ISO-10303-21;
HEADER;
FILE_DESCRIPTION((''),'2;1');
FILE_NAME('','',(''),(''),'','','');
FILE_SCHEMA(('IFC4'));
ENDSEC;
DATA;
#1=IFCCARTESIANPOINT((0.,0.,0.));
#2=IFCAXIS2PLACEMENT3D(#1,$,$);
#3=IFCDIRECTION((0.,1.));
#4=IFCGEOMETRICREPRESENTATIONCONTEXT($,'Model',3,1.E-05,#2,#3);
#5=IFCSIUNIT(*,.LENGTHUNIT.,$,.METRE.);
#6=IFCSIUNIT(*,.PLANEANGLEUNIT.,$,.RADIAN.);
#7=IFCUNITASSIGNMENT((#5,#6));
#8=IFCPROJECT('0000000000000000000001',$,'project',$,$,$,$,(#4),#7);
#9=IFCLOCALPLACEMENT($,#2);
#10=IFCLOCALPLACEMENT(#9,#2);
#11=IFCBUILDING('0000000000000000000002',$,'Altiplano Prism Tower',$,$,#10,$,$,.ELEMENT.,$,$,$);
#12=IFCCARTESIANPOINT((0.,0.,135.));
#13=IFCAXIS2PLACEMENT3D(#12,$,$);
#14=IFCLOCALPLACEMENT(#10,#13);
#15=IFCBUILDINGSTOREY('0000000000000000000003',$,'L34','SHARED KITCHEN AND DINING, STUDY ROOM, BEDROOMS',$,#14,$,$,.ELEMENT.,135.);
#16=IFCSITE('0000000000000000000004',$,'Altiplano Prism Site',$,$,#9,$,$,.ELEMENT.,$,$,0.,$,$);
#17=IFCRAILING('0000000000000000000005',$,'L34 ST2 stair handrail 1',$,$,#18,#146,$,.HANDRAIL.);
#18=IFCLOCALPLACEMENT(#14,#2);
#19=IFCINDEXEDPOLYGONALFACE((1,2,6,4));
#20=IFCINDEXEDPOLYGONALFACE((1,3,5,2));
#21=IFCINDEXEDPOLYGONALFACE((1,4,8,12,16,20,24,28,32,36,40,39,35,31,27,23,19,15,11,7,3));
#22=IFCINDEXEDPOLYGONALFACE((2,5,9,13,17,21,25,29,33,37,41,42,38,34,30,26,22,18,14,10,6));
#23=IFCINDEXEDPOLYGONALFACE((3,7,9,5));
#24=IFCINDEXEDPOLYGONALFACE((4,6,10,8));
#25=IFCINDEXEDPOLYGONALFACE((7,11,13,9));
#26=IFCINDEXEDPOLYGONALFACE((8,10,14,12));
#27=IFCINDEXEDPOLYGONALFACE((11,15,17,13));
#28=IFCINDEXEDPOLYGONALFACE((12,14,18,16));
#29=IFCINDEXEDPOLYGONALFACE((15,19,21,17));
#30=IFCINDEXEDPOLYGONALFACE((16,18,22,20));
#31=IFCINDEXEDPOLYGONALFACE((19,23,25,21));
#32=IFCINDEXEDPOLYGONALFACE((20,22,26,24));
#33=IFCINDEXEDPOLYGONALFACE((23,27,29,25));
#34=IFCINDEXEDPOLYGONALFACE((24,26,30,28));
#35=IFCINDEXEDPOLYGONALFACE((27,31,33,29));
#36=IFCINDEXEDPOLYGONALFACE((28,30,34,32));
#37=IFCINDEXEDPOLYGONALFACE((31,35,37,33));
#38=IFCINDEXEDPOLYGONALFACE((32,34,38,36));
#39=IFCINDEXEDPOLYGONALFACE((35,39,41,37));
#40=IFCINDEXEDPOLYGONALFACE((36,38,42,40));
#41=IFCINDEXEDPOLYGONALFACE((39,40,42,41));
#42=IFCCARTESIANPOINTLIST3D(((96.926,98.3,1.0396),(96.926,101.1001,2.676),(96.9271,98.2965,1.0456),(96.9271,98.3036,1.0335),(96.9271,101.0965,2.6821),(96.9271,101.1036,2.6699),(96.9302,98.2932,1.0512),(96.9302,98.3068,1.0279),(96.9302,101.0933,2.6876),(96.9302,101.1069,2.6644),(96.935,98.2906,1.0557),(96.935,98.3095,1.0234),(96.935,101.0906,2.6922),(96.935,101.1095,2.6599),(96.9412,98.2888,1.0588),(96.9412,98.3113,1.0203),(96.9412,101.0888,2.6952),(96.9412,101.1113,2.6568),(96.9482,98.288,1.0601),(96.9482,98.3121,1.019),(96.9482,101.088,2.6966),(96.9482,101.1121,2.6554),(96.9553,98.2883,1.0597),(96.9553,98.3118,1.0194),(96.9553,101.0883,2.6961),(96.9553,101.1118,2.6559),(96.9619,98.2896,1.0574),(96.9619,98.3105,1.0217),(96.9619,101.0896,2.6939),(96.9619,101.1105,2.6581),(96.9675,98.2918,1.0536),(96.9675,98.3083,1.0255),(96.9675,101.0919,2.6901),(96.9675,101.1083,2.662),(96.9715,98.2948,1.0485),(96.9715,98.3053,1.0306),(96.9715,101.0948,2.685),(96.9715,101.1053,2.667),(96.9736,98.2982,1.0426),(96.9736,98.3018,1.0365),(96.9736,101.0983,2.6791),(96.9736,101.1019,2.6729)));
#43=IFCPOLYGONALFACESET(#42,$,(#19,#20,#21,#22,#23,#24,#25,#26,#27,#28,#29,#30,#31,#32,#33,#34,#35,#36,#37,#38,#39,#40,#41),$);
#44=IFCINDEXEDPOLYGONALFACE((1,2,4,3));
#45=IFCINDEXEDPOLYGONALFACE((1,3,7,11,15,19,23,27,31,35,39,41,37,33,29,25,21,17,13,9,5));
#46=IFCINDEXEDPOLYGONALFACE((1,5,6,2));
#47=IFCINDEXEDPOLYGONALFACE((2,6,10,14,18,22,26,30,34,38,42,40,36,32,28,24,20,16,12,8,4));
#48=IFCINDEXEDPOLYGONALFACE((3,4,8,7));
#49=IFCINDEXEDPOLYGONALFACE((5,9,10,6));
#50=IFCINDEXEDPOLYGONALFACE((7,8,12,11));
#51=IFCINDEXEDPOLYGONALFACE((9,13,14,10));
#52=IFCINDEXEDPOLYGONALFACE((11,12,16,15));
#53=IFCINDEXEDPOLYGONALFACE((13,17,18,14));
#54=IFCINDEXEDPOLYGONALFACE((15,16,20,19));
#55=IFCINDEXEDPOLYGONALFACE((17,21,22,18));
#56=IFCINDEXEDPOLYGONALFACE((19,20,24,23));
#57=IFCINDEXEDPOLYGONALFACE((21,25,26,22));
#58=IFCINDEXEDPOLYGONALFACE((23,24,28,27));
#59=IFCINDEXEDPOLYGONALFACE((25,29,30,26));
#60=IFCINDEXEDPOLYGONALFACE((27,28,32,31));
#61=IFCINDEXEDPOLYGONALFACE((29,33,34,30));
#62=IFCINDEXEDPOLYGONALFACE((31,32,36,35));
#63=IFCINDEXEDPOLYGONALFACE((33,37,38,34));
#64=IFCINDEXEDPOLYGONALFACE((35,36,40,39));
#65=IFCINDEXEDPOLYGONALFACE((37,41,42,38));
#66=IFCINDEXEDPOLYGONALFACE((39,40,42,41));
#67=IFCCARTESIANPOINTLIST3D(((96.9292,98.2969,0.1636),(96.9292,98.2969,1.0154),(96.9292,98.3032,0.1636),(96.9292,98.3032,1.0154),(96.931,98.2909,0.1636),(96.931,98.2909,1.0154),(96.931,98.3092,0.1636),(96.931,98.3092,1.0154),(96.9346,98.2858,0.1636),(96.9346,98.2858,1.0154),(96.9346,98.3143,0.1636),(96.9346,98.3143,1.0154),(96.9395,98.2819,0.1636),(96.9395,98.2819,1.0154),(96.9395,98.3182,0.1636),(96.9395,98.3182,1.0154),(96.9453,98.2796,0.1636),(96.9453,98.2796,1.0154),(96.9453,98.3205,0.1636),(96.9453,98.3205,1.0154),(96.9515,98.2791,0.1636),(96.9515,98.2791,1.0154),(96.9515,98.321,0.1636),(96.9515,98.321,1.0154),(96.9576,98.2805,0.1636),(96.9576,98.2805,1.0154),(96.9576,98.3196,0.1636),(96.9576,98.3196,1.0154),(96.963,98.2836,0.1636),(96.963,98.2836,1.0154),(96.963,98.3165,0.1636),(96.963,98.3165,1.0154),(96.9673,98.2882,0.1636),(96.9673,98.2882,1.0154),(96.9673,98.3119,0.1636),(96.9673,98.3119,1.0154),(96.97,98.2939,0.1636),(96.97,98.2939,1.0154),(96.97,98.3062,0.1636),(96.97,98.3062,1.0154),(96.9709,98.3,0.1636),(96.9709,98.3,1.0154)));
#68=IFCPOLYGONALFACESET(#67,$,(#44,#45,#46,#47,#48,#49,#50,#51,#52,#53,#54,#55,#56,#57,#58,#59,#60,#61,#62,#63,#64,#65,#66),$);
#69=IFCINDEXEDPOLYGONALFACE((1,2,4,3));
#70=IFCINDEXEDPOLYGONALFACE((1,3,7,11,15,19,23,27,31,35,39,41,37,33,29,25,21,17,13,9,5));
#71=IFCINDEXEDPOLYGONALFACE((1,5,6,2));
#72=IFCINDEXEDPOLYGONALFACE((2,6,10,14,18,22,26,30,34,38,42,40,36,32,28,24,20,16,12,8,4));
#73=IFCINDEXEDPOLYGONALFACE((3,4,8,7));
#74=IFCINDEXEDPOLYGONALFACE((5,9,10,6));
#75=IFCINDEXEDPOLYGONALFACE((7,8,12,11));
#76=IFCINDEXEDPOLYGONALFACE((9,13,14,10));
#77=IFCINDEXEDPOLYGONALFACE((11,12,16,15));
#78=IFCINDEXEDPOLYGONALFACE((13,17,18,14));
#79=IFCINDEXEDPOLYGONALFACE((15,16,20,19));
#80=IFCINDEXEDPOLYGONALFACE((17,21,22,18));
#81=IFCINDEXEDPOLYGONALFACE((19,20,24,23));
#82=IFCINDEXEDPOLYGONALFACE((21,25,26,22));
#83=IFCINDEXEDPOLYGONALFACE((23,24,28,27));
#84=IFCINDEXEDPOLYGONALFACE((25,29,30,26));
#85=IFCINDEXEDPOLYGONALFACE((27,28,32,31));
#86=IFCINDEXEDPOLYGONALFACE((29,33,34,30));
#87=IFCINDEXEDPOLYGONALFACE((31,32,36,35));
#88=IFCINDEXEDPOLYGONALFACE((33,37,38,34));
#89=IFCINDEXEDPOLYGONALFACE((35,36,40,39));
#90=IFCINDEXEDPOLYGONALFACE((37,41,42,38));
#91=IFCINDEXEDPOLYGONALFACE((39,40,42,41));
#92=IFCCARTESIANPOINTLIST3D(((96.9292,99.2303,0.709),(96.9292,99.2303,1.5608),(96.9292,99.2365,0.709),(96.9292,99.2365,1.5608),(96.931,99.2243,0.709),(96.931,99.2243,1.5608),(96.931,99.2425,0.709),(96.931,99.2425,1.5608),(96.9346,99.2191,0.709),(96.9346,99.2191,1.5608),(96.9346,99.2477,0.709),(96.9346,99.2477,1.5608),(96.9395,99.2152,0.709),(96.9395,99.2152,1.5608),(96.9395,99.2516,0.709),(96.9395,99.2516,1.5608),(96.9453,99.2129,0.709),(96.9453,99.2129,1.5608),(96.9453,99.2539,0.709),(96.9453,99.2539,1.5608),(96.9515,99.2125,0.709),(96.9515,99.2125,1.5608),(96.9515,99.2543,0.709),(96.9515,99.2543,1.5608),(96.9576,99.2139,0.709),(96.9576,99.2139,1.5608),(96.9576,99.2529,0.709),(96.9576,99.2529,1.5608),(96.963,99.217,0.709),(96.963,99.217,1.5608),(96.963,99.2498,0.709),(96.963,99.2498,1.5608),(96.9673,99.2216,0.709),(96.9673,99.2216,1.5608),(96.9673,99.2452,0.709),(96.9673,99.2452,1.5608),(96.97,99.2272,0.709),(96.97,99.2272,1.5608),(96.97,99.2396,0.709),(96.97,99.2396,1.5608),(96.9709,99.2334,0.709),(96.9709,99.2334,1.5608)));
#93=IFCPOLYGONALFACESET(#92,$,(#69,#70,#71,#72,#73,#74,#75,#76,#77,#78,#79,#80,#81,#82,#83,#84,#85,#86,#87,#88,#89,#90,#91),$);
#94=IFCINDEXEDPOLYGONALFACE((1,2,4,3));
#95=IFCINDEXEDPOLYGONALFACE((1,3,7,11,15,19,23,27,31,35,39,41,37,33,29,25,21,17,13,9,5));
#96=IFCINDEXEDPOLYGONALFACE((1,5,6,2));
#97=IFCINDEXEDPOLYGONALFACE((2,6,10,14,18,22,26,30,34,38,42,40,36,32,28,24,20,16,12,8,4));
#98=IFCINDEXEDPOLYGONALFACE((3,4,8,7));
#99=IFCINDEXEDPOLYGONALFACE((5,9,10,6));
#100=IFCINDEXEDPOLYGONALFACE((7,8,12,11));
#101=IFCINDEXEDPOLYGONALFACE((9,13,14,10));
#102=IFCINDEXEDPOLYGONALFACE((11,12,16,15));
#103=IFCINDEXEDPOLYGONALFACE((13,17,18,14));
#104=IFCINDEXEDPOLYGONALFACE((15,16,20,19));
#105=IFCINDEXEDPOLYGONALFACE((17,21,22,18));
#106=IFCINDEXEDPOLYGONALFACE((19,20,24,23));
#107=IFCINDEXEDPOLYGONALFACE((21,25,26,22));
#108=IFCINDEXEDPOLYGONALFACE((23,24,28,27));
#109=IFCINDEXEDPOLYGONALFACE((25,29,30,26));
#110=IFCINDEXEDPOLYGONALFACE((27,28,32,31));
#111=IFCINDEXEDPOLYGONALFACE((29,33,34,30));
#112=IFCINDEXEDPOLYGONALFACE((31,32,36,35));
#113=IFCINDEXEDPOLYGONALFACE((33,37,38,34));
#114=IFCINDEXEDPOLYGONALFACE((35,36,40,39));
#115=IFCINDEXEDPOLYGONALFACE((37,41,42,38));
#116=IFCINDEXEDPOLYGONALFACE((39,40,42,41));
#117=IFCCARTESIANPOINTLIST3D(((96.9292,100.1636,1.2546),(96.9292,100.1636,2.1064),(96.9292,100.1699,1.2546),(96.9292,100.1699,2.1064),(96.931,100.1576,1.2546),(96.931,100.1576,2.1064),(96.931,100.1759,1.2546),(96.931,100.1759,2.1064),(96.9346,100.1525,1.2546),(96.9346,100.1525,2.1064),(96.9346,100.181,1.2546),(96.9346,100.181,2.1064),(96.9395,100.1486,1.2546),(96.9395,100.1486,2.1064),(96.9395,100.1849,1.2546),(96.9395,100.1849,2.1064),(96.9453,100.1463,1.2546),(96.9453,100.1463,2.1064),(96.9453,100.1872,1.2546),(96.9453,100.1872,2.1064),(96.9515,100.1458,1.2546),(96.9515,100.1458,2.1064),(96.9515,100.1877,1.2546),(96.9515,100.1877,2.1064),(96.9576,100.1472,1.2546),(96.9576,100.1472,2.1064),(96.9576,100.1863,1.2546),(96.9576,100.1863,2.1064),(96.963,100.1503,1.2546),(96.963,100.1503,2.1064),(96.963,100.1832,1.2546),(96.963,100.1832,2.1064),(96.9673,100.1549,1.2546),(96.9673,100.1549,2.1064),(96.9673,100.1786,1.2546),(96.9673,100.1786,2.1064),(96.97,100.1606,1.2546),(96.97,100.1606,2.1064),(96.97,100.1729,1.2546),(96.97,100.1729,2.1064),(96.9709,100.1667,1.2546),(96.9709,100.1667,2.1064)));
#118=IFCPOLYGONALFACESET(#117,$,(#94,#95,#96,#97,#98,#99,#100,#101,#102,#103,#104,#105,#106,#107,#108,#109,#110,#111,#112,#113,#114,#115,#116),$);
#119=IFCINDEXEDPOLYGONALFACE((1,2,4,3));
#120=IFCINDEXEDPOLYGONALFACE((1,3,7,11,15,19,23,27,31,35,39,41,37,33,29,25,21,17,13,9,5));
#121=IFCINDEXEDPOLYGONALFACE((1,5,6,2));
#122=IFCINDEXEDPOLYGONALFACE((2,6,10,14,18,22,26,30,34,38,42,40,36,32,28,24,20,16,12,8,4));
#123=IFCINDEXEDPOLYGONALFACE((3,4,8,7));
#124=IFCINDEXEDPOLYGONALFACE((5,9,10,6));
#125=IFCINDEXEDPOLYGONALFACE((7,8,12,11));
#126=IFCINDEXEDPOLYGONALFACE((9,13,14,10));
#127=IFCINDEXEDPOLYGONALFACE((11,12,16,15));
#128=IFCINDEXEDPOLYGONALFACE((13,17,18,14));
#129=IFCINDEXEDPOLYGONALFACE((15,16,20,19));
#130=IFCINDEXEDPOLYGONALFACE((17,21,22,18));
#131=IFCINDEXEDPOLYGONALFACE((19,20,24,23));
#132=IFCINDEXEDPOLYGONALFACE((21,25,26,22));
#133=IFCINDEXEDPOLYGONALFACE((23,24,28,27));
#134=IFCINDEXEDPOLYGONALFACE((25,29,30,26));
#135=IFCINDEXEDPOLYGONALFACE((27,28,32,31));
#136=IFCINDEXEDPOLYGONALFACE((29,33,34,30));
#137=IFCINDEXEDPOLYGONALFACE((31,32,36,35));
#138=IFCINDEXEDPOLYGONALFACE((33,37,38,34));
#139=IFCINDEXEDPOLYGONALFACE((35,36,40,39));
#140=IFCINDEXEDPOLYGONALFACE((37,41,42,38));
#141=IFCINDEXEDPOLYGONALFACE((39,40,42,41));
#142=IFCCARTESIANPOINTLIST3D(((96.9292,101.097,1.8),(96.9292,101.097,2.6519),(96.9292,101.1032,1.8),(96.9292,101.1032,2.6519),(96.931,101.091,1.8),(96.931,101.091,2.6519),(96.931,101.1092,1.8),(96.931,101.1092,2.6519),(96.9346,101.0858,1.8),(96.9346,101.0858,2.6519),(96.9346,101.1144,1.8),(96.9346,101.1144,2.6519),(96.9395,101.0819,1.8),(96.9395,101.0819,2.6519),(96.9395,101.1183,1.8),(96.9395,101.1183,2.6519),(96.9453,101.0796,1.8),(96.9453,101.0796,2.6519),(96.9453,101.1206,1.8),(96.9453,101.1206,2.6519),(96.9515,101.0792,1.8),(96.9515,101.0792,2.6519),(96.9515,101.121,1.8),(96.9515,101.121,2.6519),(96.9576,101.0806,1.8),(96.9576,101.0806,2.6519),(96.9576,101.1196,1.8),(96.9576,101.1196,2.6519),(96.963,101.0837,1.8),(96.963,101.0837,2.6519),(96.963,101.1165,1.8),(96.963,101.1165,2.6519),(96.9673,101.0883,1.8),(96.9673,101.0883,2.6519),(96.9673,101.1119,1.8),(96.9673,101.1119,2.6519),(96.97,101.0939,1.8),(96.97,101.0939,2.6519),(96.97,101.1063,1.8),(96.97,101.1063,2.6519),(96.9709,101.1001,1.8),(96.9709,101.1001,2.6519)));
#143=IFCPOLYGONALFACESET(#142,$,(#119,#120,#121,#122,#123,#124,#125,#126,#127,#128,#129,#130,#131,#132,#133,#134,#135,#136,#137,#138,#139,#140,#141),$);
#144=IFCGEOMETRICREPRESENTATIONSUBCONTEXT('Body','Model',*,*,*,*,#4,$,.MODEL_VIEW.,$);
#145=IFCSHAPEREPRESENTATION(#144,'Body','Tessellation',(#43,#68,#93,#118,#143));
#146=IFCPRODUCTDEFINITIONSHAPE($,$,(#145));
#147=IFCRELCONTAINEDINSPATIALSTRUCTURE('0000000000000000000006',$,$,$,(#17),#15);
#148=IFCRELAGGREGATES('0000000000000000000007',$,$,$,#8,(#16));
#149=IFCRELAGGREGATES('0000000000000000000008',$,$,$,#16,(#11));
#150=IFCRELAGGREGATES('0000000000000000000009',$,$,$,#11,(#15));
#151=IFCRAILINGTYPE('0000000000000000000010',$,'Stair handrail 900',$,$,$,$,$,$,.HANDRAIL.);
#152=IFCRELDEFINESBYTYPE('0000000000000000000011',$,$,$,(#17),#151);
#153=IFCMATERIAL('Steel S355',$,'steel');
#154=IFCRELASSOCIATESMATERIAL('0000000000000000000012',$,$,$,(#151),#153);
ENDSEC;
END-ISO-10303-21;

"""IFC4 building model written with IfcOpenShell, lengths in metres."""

from ifc_helpers import new_model, si_unit, direction, frame, origin, origin_2d, place, context, subcontext, project, spatial, circle, extrude, material, type_object, element, save


model = new_model("IFC4")

# Units and contexts
model_context = context("Model", 3, precision=1e-05, world=origin(), true_north=direction((0.0, 1.0)))
body_context = subcontext(model_context, "Body", "Model", "MODEL_VIEW")
ifc_project = project(units=[si_unit("LENGTHUNIT", "METRE"), si_unit("PLANEANGLEUNIT", "RADIAN")], contexts=[model_context])

# Site, building, storey
site_placement = place(None, origin())
site = spatial("IfcSite", under=ifc_project, at=site_placement, Name="Altiplano Prism Site", CompositionType="ELEMENT", RefElevation=0.0)
building_placement = place(site_placement, origin())
building = spatial("IfcBuilding", under=site, at=building_placement, Name="Altiplano Prism Tower", CompositionType="ELEMENT")
storey_placement = place(building_placement, frame((0.0, 0.0, 135.0)))
storey = spatial("IfcBuildingStorey", under=building, at=storey_placement, Name="L34", Description="SHARED KITCHEN AND DINING, STUDY ROOM, BEDROOMS", CompositionType="ELEMENT", Elevation=135.0)

# Railing
ifc_material_1 = material(Name="Steel S355", Category="steel")
railing_type_1 = type_object("IfcRailingType", Name="Stair handrail 900", PredefinedType="HANDRAIL", material=ifc_material_1)
railing_1_placement = place(storey_placement, frame((96.95, 98.3, 0.1636)))
element("IfcRailing", 1, at=railing_1_placement, inside=storey, type_object=railing_type_1, Name="L34 ST2 stair handrail 1", PredefinedType="HANDRAIL", context=body_context, shape_type="SweptSolid", body=[
    extrude(circle(Radius=0.0239, at=origin_2d()), frame((0.0, 0.0, 0.876), z_axis=(0.0, 0.863361, 0.504587), x_axis=(-1.0, 0.0, 0.0)), (0.0, 0.0, 1.0), 3.2432),
    extrude(circle(Radius=0.021, at=origin_2d()), origin(), (0.0, 0.0, 1.0), 0.8518),
    extrude(circle(Radius=0.021, at=origin_2d()), frame((0.0, 0.9333, 0.5454)), (0.0, 0.0, 1.0), 0.8518),
    extrude(circle(Radius=0.021, at=origin_2d()), frame((0.0, 1.8667, 1.0911)), (0.0, 0.0, 1.0), 0.8518),
    extrude(circle(Radius=0.021, at=origin_2d()), frame((0.0, 2.8, 1.6365)), (0.0, 0.0, 1.0), 0.8518),
])

save(model, "model.ifc")
